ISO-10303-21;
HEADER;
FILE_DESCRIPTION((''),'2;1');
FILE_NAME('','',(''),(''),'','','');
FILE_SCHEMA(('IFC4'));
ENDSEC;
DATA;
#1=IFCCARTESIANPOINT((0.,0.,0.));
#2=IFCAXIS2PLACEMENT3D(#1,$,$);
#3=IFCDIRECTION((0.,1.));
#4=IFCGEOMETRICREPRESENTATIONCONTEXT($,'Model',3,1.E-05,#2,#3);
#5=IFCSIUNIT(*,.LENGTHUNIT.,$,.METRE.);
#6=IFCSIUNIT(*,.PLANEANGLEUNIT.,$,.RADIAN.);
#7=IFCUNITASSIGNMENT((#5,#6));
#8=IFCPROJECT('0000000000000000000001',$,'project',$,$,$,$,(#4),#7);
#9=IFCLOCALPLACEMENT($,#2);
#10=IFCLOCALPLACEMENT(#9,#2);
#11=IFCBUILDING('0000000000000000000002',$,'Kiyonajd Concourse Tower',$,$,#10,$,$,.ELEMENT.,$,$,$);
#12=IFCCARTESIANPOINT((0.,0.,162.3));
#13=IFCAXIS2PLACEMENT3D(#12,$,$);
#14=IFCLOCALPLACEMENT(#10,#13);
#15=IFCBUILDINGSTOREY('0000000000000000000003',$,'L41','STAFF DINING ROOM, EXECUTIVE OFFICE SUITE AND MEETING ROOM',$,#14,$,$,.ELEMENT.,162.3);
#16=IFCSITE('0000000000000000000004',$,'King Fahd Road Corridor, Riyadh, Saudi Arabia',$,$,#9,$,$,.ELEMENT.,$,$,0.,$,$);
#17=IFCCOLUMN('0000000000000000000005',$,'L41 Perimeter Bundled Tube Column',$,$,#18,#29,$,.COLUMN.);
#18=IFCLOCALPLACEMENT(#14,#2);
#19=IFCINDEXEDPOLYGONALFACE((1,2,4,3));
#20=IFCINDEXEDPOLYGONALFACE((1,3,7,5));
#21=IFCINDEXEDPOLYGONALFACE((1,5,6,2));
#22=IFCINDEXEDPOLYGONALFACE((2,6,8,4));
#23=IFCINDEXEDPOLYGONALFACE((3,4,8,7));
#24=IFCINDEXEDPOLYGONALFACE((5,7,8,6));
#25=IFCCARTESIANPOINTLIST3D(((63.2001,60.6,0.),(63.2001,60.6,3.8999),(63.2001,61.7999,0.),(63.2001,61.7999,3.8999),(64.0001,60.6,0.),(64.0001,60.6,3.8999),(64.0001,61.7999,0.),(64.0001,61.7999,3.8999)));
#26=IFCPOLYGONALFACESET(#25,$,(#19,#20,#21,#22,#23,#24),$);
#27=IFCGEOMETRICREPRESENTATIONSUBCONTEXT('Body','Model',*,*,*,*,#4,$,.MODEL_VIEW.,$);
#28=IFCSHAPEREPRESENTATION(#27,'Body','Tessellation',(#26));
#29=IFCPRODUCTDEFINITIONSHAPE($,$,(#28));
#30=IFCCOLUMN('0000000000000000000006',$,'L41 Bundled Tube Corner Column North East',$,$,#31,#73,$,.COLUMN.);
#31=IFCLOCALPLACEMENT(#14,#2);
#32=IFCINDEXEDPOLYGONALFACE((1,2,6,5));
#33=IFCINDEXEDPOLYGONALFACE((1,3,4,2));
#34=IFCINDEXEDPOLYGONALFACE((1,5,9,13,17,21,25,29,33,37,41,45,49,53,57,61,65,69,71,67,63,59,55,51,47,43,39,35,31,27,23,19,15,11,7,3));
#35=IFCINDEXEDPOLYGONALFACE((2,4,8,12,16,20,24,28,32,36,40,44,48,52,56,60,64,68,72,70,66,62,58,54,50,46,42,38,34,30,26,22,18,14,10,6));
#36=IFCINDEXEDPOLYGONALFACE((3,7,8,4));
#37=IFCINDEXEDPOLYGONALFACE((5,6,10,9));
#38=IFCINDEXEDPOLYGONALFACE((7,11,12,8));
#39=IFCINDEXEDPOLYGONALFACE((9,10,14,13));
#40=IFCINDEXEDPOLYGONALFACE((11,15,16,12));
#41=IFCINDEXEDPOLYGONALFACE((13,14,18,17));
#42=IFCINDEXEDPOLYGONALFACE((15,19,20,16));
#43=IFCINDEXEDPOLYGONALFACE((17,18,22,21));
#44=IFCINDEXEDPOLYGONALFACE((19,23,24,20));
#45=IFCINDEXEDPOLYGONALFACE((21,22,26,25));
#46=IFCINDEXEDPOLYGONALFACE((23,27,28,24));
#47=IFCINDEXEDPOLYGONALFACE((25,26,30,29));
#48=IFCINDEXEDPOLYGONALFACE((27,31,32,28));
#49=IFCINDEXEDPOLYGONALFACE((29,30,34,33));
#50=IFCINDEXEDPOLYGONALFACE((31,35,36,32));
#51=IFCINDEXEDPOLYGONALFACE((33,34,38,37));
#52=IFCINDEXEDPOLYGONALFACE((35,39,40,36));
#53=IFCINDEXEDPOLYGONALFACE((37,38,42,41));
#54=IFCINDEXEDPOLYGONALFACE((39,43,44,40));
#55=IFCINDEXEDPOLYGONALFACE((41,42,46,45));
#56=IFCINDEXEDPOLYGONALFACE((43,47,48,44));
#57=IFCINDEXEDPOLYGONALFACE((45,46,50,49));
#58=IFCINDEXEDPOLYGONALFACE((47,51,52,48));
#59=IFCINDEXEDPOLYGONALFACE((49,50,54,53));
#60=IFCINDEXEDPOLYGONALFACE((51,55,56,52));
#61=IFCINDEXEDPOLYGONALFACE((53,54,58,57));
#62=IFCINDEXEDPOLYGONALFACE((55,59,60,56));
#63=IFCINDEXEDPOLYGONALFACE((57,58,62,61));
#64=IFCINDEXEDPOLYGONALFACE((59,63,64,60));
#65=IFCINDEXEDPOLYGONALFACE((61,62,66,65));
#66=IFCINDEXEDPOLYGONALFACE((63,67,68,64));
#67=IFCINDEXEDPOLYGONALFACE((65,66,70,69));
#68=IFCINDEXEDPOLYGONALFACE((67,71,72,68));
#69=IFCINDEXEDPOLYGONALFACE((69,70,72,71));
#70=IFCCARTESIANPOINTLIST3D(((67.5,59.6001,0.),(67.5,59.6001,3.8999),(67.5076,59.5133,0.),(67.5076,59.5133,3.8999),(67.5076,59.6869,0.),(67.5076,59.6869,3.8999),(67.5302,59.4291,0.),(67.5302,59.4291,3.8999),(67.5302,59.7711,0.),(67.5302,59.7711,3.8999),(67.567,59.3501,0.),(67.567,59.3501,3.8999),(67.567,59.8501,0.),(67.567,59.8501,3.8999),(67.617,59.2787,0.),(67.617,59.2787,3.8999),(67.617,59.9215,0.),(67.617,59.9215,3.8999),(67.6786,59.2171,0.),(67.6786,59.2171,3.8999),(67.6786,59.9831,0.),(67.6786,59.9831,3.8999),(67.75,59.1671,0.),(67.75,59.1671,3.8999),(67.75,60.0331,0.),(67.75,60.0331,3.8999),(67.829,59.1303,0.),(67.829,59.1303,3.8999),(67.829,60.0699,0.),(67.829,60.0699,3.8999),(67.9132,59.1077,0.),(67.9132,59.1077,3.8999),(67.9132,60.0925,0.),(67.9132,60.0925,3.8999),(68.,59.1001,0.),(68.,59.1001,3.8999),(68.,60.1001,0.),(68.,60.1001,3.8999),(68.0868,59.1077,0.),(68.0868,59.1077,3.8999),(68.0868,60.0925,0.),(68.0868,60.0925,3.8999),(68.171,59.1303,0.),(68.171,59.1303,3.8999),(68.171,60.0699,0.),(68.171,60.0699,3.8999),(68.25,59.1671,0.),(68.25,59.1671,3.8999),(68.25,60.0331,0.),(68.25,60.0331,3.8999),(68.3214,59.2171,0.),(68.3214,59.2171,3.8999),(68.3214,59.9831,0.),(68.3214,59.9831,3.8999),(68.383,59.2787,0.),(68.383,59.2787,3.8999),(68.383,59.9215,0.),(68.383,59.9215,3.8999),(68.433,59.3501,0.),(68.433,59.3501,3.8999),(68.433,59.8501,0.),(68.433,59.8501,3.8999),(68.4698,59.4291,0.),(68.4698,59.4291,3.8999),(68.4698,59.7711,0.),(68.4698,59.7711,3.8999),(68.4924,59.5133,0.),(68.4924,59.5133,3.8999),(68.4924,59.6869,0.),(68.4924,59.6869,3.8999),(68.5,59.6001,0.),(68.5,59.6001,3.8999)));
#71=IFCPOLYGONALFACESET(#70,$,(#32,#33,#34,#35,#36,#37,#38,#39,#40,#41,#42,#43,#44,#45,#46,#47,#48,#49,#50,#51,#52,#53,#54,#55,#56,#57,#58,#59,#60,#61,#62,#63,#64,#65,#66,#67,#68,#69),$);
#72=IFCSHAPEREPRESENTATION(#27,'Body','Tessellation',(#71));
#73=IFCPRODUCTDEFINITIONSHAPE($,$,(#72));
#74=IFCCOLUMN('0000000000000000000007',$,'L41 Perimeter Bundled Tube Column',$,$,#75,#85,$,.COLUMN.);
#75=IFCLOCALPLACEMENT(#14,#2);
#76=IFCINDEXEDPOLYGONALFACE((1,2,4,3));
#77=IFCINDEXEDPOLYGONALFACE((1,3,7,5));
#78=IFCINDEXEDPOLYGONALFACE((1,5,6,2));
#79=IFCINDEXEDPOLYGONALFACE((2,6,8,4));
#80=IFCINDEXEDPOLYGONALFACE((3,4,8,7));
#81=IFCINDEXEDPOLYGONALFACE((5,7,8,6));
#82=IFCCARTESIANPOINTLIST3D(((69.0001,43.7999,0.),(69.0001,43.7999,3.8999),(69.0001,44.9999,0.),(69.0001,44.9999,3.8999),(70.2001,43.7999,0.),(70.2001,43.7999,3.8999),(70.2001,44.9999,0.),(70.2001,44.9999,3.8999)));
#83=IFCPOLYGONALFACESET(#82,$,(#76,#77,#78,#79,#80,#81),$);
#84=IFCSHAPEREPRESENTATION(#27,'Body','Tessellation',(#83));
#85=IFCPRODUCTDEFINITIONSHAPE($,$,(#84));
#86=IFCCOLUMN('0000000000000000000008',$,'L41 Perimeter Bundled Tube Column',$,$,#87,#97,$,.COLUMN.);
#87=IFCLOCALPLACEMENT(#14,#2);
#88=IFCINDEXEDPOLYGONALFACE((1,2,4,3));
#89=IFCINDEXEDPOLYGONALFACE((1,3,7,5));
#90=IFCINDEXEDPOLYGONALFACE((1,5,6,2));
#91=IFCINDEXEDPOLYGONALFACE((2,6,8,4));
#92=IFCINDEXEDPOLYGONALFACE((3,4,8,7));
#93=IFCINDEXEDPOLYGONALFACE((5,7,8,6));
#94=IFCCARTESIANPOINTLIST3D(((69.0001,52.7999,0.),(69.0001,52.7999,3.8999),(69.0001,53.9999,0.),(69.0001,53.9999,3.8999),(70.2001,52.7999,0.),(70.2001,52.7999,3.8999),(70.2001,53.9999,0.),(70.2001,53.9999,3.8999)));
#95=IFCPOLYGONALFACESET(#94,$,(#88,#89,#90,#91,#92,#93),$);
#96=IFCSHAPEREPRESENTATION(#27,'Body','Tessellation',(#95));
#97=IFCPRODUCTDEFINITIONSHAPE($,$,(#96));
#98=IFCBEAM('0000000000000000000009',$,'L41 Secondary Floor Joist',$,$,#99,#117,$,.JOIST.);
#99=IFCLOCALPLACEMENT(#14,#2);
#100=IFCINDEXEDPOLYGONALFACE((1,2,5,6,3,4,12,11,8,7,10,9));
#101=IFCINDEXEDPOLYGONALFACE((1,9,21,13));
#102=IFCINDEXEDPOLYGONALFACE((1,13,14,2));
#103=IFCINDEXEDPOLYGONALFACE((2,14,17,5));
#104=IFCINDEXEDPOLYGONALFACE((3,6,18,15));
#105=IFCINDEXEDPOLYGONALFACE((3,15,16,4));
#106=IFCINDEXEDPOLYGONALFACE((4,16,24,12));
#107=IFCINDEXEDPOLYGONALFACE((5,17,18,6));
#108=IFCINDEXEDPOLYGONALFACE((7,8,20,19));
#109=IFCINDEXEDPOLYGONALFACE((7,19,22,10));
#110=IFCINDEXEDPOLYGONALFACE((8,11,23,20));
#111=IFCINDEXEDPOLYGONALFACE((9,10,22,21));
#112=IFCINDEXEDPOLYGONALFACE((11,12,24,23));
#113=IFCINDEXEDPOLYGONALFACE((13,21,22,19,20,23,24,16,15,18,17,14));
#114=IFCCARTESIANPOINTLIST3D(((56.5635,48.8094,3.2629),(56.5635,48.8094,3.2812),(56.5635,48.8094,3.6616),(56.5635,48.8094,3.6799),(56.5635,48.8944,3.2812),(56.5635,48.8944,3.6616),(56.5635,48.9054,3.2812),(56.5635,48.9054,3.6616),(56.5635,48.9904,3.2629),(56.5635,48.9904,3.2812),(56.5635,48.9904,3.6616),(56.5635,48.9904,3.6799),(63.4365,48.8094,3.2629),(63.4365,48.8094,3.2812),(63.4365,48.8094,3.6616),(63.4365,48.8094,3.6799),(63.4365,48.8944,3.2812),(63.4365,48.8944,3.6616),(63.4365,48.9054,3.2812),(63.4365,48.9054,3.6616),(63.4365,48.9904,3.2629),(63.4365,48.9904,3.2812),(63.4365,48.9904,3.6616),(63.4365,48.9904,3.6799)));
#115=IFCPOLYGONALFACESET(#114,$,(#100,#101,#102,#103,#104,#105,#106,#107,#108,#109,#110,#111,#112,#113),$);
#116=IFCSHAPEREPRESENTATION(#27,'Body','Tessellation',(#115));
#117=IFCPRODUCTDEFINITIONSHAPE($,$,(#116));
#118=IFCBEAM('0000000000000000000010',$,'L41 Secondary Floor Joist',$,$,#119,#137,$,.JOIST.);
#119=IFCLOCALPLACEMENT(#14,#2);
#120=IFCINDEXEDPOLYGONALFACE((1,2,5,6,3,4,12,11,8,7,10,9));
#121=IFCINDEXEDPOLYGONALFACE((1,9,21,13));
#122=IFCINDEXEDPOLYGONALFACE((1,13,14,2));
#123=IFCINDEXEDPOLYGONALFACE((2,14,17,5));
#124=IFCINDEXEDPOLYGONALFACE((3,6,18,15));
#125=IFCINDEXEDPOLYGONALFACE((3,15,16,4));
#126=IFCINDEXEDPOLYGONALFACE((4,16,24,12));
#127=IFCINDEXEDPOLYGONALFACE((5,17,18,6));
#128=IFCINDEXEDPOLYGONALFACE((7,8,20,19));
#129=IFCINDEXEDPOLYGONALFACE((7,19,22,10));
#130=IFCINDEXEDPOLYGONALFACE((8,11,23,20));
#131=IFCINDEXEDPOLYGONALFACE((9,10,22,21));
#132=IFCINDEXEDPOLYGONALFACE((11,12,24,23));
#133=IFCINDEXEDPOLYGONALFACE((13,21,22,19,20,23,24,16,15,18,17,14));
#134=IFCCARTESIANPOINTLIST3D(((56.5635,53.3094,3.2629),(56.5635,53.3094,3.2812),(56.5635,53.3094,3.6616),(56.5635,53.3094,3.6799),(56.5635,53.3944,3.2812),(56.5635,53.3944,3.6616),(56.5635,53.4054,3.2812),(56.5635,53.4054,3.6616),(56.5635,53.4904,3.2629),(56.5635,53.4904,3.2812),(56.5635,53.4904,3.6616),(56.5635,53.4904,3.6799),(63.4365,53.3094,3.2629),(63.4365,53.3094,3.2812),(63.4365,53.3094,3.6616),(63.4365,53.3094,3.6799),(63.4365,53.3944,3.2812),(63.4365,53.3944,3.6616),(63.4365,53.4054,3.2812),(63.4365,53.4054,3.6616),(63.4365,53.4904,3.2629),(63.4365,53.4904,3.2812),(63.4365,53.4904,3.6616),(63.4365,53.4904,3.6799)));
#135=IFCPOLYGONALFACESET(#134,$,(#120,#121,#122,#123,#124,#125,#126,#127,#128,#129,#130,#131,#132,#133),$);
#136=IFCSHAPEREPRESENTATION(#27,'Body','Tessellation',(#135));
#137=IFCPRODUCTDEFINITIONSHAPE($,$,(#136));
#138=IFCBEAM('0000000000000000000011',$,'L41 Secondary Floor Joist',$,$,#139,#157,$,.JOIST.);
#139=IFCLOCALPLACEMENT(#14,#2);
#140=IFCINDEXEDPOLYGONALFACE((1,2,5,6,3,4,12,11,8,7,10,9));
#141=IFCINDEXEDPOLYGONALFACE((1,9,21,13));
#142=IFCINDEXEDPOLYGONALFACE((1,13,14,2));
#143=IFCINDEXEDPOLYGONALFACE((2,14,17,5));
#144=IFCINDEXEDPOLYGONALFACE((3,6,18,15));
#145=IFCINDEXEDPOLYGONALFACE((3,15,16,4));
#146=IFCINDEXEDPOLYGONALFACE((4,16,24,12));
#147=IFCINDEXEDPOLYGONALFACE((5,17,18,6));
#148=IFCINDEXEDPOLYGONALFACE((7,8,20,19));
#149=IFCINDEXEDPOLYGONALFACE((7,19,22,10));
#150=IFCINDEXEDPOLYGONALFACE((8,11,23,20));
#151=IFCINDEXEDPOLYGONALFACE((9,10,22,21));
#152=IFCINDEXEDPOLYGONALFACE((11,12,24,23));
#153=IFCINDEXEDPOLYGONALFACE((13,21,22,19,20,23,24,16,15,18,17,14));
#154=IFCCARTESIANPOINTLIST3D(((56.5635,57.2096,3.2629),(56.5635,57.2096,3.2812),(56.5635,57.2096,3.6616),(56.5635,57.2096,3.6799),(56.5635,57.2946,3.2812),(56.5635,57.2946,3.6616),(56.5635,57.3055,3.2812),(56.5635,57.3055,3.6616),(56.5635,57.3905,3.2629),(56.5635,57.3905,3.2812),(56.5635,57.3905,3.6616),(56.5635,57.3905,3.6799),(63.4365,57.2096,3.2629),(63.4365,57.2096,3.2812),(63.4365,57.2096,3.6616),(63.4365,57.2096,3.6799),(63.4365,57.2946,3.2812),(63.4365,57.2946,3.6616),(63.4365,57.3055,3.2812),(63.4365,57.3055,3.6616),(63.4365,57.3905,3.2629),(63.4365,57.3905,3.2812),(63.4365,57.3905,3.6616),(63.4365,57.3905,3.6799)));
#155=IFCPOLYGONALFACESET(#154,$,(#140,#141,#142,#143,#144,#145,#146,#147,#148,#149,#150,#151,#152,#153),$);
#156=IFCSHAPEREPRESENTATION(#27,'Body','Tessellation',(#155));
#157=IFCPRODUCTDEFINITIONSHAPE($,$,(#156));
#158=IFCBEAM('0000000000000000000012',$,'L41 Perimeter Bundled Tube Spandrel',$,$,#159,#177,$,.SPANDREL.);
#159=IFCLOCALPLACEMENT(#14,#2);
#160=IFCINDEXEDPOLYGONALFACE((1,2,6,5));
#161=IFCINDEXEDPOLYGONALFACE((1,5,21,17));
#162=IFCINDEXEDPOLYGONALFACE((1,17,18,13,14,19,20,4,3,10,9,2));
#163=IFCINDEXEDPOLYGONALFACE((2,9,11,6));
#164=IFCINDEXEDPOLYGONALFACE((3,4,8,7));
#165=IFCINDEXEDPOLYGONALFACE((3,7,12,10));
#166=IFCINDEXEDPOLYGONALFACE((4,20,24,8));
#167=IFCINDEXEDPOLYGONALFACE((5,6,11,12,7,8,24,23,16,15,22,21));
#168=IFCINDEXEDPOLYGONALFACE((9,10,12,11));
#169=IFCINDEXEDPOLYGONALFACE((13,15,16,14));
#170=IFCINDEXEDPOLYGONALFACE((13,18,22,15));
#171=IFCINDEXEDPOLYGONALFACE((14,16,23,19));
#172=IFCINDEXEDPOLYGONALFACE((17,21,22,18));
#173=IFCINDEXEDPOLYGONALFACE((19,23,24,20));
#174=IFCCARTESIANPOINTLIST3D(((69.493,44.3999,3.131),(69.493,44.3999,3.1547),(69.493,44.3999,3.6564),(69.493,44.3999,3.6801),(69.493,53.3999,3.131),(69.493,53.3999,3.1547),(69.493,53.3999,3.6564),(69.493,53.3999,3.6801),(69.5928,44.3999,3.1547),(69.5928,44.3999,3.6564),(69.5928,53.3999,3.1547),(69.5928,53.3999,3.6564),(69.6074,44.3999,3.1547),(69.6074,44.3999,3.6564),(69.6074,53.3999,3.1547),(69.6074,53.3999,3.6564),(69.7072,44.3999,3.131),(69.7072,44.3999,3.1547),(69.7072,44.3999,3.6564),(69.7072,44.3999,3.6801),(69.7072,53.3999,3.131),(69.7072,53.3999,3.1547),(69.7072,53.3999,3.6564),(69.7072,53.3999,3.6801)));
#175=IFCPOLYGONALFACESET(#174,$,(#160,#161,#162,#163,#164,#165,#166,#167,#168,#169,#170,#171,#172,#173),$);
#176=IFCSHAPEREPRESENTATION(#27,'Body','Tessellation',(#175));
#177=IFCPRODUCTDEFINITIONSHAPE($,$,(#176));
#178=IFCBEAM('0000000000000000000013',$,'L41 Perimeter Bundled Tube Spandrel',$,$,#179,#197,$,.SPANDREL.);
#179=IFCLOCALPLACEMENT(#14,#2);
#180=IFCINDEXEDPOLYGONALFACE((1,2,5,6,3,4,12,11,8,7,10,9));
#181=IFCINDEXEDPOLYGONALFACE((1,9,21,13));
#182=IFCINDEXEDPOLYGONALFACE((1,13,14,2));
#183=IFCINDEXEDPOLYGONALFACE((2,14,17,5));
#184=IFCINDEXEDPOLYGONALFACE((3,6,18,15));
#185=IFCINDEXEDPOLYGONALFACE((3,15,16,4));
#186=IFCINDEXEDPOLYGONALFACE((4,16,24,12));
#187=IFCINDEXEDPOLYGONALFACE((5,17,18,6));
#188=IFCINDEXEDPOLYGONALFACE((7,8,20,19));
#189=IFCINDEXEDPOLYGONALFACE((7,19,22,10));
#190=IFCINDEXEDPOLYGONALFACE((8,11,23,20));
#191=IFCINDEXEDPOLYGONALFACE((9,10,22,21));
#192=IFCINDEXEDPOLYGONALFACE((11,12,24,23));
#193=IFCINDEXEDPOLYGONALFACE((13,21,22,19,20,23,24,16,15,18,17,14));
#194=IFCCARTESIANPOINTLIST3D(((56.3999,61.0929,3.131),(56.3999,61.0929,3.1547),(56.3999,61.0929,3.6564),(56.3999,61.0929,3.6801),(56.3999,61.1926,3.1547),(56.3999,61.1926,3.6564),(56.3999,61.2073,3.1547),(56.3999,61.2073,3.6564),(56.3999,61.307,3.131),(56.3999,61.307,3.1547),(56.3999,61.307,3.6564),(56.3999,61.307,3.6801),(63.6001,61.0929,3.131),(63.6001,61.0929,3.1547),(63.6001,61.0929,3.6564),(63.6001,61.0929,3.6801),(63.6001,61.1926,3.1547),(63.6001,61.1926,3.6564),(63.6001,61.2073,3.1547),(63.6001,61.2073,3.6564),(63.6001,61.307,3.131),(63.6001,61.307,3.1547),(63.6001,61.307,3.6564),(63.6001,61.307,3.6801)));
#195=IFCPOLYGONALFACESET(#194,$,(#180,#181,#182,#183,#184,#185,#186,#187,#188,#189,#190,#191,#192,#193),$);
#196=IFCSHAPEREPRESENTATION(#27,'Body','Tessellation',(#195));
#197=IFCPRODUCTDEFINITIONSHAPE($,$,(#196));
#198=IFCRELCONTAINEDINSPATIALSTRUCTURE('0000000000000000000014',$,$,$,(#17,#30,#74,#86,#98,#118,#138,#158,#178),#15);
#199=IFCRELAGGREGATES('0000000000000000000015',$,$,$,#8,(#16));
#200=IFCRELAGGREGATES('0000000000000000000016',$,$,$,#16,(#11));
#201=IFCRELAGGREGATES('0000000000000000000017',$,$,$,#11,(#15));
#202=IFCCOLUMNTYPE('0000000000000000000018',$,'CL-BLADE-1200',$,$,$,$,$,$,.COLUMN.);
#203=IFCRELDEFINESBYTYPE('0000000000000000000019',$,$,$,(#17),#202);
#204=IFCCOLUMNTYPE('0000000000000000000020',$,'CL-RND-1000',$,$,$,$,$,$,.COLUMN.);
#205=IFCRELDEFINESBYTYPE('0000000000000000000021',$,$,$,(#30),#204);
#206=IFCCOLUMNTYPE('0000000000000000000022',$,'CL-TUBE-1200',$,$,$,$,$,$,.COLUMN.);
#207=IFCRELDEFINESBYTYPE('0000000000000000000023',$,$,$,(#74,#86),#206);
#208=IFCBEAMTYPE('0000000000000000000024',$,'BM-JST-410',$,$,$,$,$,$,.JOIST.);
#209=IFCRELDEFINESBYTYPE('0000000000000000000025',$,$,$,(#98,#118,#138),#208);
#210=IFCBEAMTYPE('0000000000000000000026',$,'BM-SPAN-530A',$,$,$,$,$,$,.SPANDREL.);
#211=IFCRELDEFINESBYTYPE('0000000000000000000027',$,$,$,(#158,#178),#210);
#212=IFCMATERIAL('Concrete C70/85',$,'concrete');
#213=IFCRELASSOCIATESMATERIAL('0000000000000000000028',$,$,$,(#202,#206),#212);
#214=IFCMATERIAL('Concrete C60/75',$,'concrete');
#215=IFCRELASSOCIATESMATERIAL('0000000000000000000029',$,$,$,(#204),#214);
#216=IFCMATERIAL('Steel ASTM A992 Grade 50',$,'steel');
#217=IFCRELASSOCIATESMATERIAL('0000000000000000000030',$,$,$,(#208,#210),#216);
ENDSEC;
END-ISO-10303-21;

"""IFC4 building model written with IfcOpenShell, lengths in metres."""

from ifc_helpers import new_model, si_unit, direction, frame, origin, origin_2d, place, context, subcontext, project, spatial, rectangle, circle, i_section, extrude, material, material_profile, profile_set, type_object, element, save


model = new_model("IFC4")

# Units and contexts
model_context = context("Model", 3, precision=1e-05, world=origin(), true_north=direction((0.0, 1.0)))
body_context = subcontext(model_context, "Body", "Model", "MODEL_VIEW")
ifc_project = project(units=[si_unit("LENGTHUNIT", "METRE"), si_unit("PLANEANGLEUNIT", "RADIAN")], contexts=[model_context])

# Site, building, storey
site_placement = place(None, origin())
site = spatial("IfcSite", under=ifc_project, at=site_placement, Name="King Fahd Road Corridor, Riyadh, Saudi Arabia", CompositionType="ELEMENT", RefElevation=0.0)
building_placement = place(site_placement, origin())
building = spatial("IfcBuilding", under=site, at=building_placement, Name="Kiyonajd Concourse Tower", CompositionType="ELEMENT")
storey_placement = place(building_placement, frame((0.0, 0.0, 162.3)))
storey = spatial("IfcBuildingStorey", under=building, at=storey_placement, Name="L41", Description="STAFF DINING ROOM, EXECUTIVE OFFICE SUITE AND MEETING ROOM", CompositionType="ELEMENT", Elevation=162.3)

# Columns
ifc_material_1 = material(Name="Concrete C70/85", Category="concrete")
ifc_material_profile_1 = material_profile(ifc_material_1, rectangle(XDim=0.8, YDim=1.2, at=origin_2d()), Name="RC-1200x800")
ifc_profile_set_1 = profile_set([ifc_material_profile_1], Name="Concrete C70/85")
column_type_1 = type_object("IfcColumnType", Name="CL-BLADE-1200", PredefinedType="COLUMN", material=ifc_profile_set_1)
column_1_placement = place(storey_placement, frame((63.6001, 61.2, 0.0), z_axis=(0.0, 0.0, 1.0), x_axis=(1.0, 0.0, 0.0)))
element("IfcColumn", 1, at=column_1_placement, inside=storey, type_object=column_type_1, Name="L41 Perimeter Bundled Tube Column", PredefinedType="COLUMN", context=body_context, shape_type="SweptSolid", body=[
    extrude(rectangle(XDim=0.8, YDim=1.2, at=origin_2d()), origin(), (0.0, 0.0, 1.0), 3.8999),
])
ifc_material_2 = material(Name="Concrete C60/75", Category="concrete")
ifc_material_profile_2 = material_profile(ifc_material_2, circle(Radius=0.5, at=origin_2d()), Name="RCC-D1000")
ifc_profile_set_2 = profile_set([ifc_material_profile_2], Name="Concrete C60/75")
column_type_2 = type_object("IfcColumnType", Name="CL-RND-1000", PredefinedType="COLUMN", material=ifc_profile_set_2)
column_2_placement = place(storey_placement, frame((68.0, 59.6001, 0.0), z_axis=(0.0, 0.0, 1.0), x_axis=(1.0, 0.0, 0.0)))
element("IfcColumn", 2, at=column_2_placement, inside=storey, type_object=column_type_2, Name="L41 Bundled Tube Corner Column North East", PredefinedType="COLUMN", context=body_context, shape_type="SweptSolid", body=[
    extrude(circle(Radius=0.5, at=origin_2d()), origin(), (0.0, 0.0, 1.0), 3.8999),
])
ifc_material_profile_3 = material_profile(ifc_material_1, rectangle(XDim=1.2, YDim=1.2, at=origin_2d()), Name="RC-1200x1200")
ifc_profile_set_3 = profile_set([ifc_material_profile_3], Name="Concrete C70/85")
column_type_3 = type_object("IfcColumnType", Name="CL-TUBE-1200", PredefinedType="COLUMN", material=ifc_profile_set_3)
for number, where, z_axis, x_axis, name in (
    (3, (69.6001, 44.3999, 0.0), (0.0, 0.0, 1.0), (1.0, 0.0, 0.0), "L41 Perimeter Bundled Tube Column"),
    (4, (69.6001, 53.3999, 0.0), (0.0, 0.0, 1.0), (1.0, 0.0, 0.0), "L41 Perimeter Bundled Tube Column"),
):
    element("IfcColumn", number, at=place(storey_placement, frame(where, z_axis=z_axis, x_axis=x_axis)), inside=storey, type_object=column_type_3, Name=name, PredefinedType="COLUMN", context=body_context, shape_type="SweptSolid", body=[
        extrude(rectangle(XDim=1.2, YDim=1.2, at=origin_2d()), origin(), (0.0, 0.0, 1.0), 3.8999),
    ])

# Beams
ifc_material_3 = material(Name="Steel ASTM A992 Grade 50", Category="steel")
ifc_material_profile_4 = material_profile(ifc_material_3, i_section(OverallWidth=0.1809, OverallDepth=0.417, WebThickness=0.011, FlangeThickness=0.0183, at=origin_2d()), Name="W410X85")
ifc_profile_set_4 = profile_set([ifc_material_profile_4], Name="Steel ASTM A992 Grade 50")
beam_type_1 = type_object("IfcBeamType", Name="BM-JST-410", PredefinedType="JOIST", material=ifc_profile_set_4)
for number, where, z_axis, x_axis, name in (
    (5, (56.5635, 48.8999, 3.4714), (1.0, 0.0, 0.0), (0.0, 1.0, 0.0), "L41 Secondary Floor Joist"),
    (6, (56.5635, 53.3999, 3.4714), (1.0, 0.0, 0.0), (0.0, 1.0, 0.0), "L41 Secondary Floor Joist"),
    (7, (56.5635, 57.3, 3.4714), (1.0, 0.0, 0.0), (0.0, 1.0, 0.0), "L41 Secondary Floor Joist"),
):
    element("IfcBeam", number, at=place(storey_placement, frame(where, z_axis=z_axis, x_axis=x_axis)), inside=storey, type_object=beam_type_1, Name=name, PredefinedType="JOIST", context=body_context, shape_type="SweptSolid", body=[
        extrude(i_section(OverallWidth=0.1809, OverallDepth=0.417, WebThickness=0.011, FlangeThickness=0.0183, at=origin_2d()), origin(), (0.0, 0.0, 1.0), 6.873),
    ])
ifc_material_profile_5 = material_profile(ifc_material_3, i_section(OverallWidth=0.2141, OverallDepth=0.5491, WebThickness=0.0146, FlangeThickness=0.0237, at=origin_2d()), Name="W530X138")
ifc_profile_set_5 = profile_set([ifc_material_profile_5], Name="Steel ASTM A992 Grade 50")
beam_type_2 = type_object("IfcBeamType", Name="BM-SPAN-530A", PredefinedType="SPANDREL", material=ifc_profile_set_5)
beam_1_placement = place(storey_placement, frame((69.6001, 44.3999, 3.4055), z_axis=(0.0, 1.0, 0.0), x_axis=(-1.0, 0.0, 0.0)))
element("IfcBeam", 8, at=beam_1_placement, inside=storey, type_object=beam_type_2, Name="L41 Perimeter Bundled Tube Spandrel", PredefinedType="SPANDREL", context=body_context, shape_type="SweptSolid", body=[
    extrude(i_section(OverallWidth=0.2141, OverallDepth=0.5491, WebThickness=0.0146, FlangeThickness=0.0237, at=origin_2d()), origin(), (0.0, 0.0, 1.0), 9.0),
])
beam_2_placement = place(storey_placement, frame((63.6001, 61.2, 3.4055), z_axis=(-1.0, 0.0, 0.0), x_axis=(0.0, -1.0, 0.0)))
element("IfcBeam", 9, at=beam_2_placement, inside=storey, type_object=beam_type_2, Name="L41 Perimeter Bundled Tube Spandrel", PredefinedType="SPANDREL", context=body_context, shape_type="SweptSolid", body=[
    extrude(i_section(OverallWidth=0.2141, OverallDepth=0.5491, WebThickness=0.0146, FlangeThickness=0.0237, at=origin_2d()), origin(), (0.0, 0.0, 1.0), 7.2002),
])

save(model, "model.ifc")
